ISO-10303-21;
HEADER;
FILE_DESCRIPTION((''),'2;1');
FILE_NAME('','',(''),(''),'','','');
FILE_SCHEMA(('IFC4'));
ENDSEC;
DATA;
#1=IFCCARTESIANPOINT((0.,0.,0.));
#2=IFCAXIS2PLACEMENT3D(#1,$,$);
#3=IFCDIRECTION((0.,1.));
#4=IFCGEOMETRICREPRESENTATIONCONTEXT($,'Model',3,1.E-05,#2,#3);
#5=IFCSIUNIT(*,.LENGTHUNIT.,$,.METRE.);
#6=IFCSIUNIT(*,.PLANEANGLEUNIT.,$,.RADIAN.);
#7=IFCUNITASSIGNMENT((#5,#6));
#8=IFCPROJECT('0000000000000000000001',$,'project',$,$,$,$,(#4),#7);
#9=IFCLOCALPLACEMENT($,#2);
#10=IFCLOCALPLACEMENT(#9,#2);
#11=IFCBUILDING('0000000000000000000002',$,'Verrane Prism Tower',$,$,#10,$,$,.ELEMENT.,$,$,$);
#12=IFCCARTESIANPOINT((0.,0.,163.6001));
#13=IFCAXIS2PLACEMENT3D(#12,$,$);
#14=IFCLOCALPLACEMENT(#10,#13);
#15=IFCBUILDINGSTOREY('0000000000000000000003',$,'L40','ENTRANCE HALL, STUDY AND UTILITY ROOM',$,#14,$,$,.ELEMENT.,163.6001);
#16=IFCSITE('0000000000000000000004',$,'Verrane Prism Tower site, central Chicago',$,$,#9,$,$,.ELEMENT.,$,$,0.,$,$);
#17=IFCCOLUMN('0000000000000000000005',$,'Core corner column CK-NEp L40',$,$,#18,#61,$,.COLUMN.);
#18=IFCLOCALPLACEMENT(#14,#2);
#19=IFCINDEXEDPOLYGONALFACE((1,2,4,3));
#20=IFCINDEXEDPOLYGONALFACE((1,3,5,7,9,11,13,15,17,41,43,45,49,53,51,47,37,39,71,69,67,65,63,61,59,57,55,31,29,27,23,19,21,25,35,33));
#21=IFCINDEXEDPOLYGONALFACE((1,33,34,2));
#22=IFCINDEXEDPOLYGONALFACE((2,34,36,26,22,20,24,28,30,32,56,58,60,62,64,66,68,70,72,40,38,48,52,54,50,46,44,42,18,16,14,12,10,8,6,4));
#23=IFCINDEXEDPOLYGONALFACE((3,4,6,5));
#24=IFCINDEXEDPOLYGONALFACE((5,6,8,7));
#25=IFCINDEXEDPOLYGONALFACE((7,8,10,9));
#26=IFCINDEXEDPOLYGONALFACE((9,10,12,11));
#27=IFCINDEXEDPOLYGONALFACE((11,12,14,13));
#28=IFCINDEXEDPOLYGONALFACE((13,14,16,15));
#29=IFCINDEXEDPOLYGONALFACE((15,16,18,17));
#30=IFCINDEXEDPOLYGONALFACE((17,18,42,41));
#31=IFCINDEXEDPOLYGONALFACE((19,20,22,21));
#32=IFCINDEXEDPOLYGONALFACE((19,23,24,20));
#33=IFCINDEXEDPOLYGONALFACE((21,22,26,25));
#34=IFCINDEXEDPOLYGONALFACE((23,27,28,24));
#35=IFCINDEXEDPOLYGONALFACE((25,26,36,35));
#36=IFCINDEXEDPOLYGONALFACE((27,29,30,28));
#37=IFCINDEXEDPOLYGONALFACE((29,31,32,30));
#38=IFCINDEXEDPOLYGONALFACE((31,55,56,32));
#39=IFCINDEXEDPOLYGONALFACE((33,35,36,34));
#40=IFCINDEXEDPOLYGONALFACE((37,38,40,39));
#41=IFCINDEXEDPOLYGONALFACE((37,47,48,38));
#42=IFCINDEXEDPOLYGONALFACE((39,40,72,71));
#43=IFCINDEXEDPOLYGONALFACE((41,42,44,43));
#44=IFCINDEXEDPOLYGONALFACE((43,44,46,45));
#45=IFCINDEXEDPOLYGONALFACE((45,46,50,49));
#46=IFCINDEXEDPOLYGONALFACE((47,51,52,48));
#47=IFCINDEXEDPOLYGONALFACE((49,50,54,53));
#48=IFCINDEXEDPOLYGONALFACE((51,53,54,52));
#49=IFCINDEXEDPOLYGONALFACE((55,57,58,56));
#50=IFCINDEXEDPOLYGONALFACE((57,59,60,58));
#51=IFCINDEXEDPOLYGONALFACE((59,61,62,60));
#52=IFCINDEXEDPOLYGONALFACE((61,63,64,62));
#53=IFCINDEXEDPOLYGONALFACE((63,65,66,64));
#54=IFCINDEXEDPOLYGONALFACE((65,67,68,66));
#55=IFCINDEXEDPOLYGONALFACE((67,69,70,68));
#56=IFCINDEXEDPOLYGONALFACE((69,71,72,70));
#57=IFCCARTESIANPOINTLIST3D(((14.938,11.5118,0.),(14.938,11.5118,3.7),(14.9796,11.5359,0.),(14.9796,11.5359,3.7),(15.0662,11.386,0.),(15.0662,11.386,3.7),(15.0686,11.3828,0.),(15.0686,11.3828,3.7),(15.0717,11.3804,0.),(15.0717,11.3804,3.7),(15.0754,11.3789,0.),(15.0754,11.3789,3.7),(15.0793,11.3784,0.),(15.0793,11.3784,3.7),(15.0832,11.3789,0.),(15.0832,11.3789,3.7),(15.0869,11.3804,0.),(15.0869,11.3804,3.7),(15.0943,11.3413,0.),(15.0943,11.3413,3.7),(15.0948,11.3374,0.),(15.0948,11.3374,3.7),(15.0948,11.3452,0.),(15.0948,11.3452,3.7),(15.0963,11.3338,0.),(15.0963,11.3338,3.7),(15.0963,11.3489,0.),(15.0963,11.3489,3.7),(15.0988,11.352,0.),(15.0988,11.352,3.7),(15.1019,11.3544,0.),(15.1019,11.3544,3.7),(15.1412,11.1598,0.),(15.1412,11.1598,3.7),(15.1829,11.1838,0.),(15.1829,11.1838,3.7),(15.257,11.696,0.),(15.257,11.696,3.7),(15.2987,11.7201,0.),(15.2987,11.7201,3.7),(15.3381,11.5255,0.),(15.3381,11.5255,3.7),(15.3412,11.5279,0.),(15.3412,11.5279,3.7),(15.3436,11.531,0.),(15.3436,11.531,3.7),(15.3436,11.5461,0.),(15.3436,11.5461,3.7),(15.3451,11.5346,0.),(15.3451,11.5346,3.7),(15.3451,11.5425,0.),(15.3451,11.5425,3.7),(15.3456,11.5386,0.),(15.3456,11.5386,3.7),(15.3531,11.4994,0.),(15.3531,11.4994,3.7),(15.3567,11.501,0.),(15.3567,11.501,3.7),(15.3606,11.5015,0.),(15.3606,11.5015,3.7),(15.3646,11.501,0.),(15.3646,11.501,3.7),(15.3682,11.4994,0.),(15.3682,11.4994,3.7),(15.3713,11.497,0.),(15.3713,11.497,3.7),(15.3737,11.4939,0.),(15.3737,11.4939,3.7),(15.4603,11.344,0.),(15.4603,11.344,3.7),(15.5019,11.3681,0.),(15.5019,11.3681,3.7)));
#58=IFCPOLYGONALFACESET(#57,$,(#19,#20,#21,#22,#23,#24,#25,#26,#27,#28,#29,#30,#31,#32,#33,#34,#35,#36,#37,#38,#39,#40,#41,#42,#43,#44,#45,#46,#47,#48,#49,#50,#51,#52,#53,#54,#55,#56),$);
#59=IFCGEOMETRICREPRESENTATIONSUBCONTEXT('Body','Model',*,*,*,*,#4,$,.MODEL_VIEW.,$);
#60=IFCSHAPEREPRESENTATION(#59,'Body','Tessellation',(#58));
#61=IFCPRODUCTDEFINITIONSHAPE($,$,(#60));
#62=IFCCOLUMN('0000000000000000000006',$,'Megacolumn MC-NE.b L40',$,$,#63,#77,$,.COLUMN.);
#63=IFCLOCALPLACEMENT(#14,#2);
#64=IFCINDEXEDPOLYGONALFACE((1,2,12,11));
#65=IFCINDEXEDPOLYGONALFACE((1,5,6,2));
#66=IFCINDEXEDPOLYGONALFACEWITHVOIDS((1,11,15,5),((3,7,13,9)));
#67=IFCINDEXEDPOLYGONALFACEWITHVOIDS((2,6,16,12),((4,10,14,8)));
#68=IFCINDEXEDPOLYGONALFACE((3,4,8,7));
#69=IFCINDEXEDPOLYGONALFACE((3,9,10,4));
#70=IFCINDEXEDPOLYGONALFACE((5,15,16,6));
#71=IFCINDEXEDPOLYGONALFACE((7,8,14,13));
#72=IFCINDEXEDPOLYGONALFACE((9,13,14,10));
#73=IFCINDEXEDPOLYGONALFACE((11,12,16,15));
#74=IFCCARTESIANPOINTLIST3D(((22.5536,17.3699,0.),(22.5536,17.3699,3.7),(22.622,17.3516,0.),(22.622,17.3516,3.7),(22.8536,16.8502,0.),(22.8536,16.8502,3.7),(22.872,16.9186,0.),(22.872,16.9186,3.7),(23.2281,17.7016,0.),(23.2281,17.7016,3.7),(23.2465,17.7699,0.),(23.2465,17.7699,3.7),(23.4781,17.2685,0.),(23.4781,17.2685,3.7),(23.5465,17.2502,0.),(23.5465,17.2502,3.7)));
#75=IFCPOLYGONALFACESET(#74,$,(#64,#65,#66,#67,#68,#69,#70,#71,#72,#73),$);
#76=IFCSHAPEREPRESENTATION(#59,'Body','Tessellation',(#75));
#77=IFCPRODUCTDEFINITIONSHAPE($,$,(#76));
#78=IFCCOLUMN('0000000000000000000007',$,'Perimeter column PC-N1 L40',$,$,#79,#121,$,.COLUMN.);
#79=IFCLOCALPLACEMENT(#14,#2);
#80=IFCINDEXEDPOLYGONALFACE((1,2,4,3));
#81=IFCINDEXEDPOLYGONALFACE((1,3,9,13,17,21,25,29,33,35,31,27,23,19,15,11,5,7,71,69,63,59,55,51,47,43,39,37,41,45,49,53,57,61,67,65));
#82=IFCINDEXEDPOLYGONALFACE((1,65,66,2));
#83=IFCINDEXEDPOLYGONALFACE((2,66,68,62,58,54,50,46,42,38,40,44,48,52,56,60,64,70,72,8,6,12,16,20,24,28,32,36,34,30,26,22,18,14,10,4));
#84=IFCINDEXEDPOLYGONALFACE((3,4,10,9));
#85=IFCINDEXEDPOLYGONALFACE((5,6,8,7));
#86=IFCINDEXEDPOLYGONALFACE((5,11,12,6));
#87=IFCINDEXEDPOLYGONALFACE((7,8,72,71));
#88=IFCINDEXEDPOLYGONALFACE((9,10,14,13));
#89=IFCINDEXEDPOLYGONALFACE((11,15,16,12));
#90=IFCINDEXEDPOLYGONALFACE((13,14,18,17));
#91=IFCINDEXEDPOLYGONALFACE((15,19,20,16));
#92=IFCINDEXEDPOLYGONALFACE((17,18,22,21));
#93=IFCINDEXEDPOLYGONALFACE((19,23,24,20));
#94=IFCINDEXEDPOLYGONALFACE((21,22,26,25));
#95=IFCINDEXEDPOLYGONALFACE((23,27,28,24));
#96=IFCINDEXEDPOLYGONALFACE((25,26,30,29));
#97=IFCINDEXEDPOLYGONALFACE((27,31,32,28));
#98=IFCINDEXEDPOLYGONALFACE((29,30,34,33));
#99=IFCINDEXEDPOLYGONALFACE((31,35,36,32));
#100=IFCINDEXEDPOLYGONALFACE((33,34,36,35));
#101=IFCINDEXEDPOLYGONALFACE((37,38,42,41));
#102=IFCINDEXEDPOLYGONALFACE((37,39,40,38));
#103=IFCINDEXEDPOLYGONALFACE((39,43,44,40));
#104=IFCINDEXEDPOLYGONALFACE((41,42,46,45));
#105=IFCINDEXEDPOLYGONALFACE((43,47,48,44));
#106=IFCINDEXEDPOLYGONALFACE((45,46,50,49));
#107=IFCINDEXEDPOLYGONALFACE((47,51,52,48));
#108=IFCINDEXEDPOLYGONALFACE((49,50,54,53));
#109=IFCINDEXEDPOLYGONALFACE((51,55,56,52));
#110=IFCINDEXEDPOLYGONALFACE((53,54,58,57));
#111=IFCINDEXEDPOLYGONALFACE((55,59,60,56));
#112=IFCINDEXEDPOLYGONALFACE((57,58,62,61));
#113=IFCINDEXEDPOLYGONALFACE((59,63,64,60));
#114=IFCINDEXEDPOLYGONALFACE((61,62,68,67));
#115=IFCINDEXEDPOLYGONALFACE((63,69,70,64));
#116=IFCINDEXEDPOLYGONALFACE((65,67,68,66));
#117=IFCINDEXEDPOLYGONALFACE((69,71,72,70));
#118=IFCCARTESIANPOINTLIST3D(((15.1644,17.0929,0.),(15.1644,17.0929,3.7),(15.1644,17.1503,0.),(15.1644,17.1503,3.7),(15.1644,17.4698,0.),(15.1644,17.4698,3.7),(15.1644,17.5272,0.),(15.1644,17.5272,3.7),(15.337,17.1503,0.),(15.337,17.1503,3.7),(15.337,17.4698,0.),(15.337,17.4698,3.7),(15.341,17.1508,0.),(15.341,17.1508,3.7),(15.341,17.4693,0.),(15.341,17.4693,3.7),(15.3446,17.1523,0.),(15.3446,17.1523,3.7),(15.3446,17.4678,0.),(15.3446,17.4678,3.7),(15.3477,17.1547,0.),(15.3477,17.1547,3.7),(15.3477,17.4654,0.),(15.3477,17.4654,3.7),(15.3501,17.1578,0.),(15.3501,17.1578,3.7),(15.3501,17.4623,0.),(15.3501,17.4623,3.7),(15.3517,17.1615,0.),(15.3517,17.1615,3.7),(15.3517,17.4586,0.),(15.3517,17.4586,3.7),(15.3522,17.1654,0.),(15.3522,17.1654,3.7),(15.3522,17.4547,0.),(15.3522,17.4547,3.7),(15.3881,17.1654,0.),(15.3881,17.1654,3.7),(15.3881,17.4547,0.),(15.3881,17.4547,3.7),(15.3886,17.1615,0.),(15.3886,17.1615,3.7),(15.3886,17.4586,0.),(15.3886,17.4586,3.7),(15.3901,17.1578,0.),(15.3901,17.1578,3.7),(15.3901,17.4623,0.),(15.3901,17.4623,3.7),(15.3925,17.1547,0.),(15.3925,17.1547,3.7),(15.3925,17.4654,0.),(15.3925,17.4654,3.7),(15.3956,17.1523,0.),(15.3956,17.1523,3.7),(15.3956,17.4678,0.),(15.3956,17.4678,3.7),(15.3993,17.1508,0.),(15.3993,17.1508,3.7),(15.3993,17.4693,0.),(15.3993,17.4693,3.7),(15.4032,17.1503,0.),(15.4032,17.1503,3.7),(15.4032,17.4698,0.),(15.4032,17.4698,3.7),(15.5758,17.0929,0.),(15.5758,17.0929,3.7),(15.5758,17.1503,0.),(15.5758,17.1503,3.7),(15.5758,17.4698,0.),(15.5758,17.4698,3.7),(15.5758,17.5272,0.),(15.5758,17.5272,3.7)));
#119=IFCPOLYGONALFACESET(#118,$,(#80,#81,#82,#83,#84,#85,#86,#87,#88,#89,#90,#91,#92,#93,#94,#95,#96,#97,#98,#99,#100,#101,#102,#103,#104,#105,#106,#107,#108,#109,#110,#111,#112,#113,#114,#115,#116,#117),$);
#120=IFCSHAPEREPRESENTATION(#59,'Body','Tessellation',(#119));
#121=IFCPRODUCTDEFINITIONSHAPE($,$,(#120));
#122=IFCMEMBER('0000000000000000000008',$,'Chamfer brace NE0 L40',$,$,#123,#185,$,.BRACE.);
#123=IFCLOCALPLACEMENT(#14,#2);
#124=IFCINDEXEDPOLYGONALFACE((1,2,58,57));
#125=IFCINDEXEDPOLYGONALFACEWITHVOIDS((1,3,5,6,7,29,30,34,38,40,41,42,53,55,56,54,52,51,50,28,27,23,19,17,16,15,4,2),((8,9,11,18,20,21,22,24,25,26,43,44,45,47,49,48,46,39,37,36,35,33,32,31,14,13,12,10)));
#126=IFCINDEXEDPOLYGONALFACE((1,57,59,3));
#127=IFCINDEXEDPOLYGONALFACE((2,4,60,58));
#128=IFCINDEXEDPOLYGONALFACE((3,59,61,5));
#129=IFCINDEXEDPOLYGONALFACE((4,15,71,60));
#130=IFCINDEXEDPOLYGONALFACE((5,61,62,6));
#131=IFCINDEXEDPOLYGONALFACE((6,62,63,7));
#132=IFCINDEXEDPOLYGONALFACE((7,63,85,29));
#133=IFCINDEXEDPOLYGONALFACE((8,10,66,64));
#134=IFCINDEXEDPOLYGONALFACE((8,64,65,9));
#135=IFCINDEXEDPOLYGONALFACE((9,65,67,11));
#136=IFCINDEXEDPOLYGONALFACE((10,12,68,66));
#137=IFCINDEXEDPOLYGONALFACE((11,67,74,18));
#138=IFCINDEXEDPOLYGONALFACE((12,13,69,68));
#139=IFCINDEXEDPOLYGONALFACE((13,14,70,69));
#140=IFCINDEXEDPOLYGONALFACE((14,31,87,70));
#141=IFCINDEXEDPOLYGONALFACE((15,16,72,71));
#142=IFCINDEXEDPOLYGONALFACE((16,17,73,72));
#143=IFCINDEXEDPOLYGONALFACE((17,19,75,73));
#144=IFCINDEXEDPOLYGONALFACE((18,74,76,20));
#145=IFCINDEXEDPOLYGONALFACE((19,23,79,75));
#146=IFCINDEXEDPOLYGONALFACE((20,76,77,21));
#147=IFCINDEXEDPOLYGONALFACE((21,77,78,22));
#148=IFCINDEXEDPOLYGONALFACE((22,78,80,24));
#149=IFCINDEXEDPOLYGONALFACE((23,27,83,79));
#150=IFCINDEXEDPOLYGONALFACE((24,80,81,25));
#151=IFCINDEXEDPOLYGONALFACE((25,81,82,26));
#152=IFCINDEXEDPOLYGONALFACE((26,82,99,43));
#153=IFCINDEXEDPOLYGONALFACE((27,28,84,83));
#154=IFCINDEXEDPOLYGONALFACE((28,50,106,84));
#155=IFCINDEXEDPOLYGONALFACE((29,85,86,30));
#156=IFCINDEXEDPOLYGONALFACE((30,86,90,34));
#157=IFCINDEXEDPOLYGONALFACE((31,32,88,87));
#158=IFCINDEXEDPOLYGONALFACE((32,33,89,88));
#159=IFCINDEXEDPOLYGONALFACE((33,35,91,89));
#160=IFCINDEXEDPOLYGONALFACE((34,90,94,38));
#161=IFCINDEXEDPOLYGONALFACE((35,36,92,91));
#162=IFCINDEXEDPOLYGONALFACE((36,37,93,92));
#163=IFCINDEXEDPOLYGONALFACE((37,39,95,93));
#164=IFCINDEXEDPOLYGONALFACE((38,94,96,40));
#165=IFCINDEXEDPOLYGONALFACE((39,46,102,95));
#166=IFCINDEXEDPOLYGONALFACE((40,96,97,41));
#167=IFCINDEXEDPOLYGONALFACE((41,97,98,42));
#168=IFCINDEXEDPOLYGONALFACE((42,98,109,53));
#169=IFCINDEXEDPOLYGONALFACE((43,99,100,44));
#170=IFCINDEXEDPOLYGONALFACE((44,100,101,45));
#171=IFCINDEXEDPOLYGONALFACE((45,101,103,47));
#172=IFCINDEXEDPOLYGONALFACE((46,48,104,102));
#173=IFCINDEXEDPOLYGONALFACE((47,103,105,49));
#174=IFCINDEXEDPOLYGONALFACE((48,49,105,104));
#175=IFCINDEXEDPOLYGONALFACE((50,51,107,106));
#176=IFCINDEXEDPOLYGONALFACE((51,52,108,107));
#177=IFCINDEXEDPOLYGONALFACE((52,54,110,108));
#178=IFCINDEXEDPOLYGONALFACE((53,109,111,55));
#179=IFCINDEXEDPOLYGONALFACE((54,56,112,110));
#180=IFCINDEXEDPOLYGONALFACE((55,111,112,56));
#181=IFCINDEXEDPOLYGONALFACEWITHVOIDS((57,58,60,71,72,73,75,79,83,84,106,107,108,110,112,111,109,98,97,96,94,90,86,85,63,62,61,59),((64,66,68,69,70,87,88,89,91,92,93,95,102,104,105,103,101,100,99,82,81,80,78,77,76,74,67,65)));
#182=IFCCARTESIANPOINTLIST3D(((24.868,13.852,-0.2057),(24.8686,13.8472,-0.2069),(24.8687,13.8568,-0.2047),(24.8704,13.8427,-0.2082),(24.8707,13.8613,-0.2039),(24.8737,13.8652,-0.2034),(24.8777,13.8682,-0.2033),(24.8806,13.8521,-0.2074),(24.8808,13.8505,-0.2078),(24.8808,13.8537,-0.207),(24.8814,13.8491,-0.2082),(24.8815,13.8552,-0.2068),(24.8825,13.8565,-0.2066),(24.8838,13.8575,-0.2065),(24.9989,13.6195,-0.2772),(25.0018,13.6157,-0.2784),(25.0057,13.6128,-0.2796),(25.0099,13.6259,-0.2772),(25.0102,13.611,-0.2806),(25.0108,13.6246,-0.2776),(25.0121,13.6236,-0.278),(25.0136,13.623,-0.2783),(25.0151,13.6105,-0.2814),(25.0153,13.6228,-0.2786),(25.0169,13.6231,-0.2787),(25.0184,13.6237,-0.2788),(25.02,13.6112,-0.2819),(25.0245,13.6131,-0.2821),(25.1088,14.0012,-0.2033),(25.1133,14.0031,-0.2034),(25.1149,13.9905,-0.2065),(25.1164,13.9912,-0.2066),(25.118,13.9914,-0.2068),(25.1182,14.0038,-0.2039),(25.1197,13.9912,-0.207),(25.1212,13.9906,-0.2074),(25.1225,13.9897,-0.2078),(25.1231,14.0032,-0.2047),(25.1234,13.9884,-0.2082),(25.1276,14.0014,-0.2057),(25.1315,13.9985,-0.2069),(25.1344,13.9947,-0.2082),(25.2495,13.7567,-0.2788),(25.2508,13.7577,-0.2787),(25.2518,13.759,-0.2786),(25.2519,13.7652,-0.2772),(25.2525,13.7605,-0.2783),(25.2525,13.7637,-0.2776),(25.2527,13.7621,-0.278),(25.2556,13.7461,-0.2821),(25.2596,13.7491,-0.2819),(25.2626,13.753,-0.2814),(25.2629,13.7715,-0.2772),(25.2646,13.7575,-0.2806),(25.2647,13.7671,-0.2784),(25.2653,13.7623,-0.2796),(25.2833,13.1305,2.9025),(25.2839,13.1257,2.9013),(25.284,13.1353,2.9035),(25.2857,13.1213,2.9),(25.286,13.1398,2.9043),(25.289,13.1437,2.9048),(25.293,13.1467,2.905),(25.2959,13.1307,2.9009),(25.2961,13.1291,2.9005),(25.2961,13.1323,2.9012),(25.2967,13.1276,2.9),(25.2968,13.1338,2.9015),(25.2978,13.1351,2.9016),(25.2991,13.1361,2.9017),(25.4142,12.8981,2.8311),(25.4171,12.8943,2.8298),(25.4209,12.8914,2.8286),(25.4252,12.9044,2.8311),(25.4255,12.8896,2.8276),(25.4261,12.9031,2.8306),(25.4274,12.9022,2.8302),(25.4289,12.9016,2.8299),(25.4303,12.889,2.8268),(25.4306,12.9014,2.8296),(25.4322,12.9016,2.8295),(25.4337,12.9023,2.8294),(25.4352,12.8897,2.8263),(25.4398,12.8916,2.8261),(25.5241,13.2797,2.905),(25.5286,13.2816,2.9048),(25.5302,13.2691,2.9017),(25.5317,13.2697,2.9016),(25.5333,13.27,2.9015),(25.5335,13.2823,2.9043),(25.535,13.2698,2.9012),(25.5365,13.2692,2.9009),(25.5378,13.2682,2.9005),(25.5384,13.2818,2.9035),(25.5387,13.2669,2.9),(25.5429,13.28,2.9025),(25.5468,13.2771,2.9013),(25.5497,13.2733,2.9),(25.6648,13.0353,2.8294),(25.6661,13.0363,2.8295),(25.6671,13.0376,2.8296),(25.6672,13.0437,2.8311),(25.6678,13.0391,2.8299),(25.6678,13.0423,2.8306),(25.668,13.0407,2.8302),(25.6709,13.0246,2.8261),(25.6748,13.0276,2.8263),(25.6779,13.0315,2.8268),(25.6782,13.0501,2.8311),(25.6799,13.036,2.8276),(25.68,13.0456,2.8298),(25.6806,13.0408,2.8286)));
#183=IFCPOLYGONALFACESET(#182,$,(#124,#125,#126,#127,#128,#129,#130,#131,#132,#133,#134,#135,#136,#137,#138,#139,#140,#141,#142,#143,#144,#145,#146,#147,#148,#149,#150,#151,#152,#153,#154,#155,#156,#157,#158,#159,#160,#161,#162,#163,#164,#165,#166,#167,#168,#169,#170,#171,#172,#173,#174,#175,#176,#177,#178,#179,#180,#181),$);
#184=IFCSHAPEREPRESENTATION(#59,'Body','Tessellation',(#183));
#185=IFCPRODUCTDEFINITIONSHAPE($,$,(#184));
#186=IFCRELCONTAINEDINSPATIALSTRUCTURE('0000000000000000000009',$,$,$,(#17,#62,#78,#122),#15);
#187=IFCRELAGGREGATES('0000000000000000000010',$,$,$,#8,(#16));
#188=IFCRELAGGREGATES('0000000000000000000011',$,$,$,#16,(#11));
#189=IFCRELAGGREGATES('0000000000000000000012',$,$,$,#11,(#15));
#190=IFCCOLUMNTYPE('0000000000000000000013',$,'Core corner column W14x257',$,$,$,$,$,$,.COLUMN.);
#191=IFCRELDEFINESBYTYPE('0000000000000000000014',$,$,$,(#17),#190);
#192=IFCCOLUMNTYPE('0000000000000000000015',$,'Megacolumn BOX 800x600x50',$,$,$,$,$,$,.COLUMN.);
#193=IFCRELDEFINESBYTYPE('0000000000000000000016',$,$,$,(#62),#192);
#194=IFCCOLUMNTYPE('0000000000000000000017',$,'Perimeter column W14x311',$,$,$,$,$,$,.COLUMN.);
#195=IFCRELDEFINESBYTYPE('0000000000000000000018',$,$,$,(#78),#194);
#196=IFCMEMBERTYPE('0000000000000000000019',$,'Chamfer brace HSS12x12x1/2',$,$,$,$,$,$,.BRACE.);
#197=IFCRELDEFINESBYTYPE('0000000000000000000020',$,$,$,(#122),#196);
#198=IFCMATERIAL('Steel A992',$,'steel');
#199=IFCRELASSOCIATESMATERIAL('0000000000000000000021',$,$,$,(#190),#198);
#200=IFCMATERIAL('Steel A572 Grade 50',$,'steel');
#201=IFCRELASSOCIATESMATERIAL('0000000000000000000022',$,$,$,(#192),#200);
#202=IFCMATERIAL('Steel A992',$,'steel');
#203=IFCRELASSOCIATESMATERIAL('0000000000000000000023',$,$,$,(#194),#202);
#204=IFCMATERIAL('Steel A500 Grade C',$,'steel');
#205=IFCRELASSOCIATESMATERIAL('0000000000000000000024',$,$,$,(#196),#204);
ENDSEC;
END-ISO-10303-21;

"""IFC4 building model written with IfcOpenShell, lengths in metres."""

from ifc_helpers import new_model, si_unit, direction, frame, origin, origin_2d, place, context, subcontext, project, spatial, hollow_rectangle, i_section, extrude, material, material_profile, profile_set, type_object, element, save


model = new_model("IFC4")

# Units and contexts
model_context = context("Model", 3, precision=1e-05, world=origin(), true_north=direction((0.0, 1.0)))
body_context = subcontext(model_context, "Body", "Model", "MODEL_VIEW")
ifc_project = project(units=[si_unit("LENGTHUNIT", "METRE"), si_unit("PLANEANGLEUNIT", "RADIAN")], contexts=[model_context])

# Site, building, storey
site_placement = place(None, origin())
site = spatial("IfcSite", under=ifc_project, at=site_placement, Name="Verrane Prism Tower site, central Chicago", CompositionType="ELEMENT", RefElevation=0.0)
building_placement = place(site_placement, origin())
building = spatial("IfcBuilding", under=site, at=building_placement, Name="Verrane Prism Tower", CompositionType="ELEMENT")
storey_placement = place(building_placement, frame((0.0, 0.0, 163.6001)))
storey = spatial("IfcBuildingStorey", under=building, at=storey_placement, Name="L40", Description="ENTRANCE HALL, STUDY AND UTILITY ROOM", CompositionType="ELEMENT", Elevation=163.6001)

# Columns
ifc_material_1 = material(Name="Steel A992", Category="steel")
ifc_material_profile_1 = material_profile(ifc_material_1, i_section(OverallWidth=0.4065, OverallDepth=0.4165, WebThickness=0.03, FlangeThickness=0.0481, FilletRadius=0.0151, at=origin_2d()), Name="W14x257")
ifc_profile_set_1 = profile_set([ifc_material_profile_1], Name="Steel A992")
column_type_1 = type_object("IfcColumnType", Name="Core corner column W14x257", PredefinedType="COLUMN", material=ifc_profile_set_1)
column_1_placement = place(storey_placement, frame((15.22, 11.4399, 0.0), z_axis=(0.0, 0.0, 1.0), x_axis=(0.5, -0.866025, 0.0)))
element("IfcColumn", 1, at=column_1_placement, inside=storey, type_object=column_type_1, Name="Core corner column CK-NEp L40", PredefinedType="COLUMN", context=body_context, shape_type="SweptSolid", body=[
    extrude(i_section(OverallWidth=0.4065, OverallDepth=0.4165, WebThickness=0.03, FlangeThickness=0.0481, FilletRadius=0.0151, at=origin_2d()), origin(), (0.0, 0.0, 1.0), 3.7),
])
ifc_material_2 = material(Name="Steel A572 Grade 50", Category="steel")
ifc_material_profile_2 = material_profile(ifc_material_2, hollow_rectangle(XDim=0.6001, YDim=0.8, WallThickness=0.05, at=origin_2d()), Name="BOX 800x600x50")
ifc_profile_set_2 = profile_set([ifc_material_profile_2], Name="Steel A572 Grade 50")
column_type_2 = type_object("IfcColumnType", Name="Megacolumn BOX 800x600x50", PredefinedType="COLUMN", material=ifc_profile_set_2)
column_2_placement = place(storey_placement, frame((23.05, 17.3101, 0.0), z_axis=(0.0, 0.0, 1.0), x_axis=(0.5, -0.866025, 0.0)))
element("IfcColumn", 2, at=column_2_placement, inside=storey, type_object=column_type_2, Name="Megacolumn MC-NE.b L40", PredefinedType="COLUMN", context=body_context, shape_type="SweptSolid", body=[
    extrude(hollow_rectangle(XDim=0.6001, YDim=0.8, WallThickness=0.05, at=origin_2d()), origin(), (0.0, 0.0, 1.0), 3.7),
])
ifc_material_3 = material(Name="Steel A992", Category="steel")
ifc_material_profile_3 = material_profile(ifc_material_3, i_section(OverallWidth=0.4114, OverallDepth=0.4343, WebThickness=0.0359, FlangeThickness=0.0574, FilletRadius=0.0151, at=origin_2d()), Name="W14x311")
ifc_profile_set_3 = profile_set([ifc_material_profile_3], Name="Steel A992")
column_type_3 = type_object("IfcColumnType", Name="Perimeter column W14x311", PredefinedType="COLUMN", material=ifc_profile_set_3)
column_3_placement = place(storey_placement, frame((15.3701, 17.3101, 0.0), z_axis=(0.0, 0.0, 1.0), x_axis=(1.0, 0.0, 0.0)))
element("IfcColumn", 3, at=column_3_placement, inside=storey, type_object=column_type_3, Name="Perimeter column PC-N1 L40", PredefinedType="COLUMN", context=body_context, shape_type="SweptSolid", body=[
    extrude(i_section(OverallWidth=0.4114, OverallDepth=0.4343, WebThickness=0.0359, FlangeThickness=0.0574, FilletRadius=0.0151, at=origin_2d()), origin(), (0.0, 0.0, 1.0), 3.7),
])

# Member
ifc_material_4 = material(Name="Steel A500 Grade C", Category="steel")
ifc_material_profile_4 = material_profile(ifc_material_4, hollow_rectangle(XDim=0.3047, YDim=0.3047, WallThickness=0.0127, InnerFilletRadius=0.0063, OuterFilletRadius=0.019, at=origin_2d()), Name="HSS12x12x1/2")
ifc_profile_set_4 = profile_set([ifc_material_profile_4], Name="Steel A500 Grade C")
member_type_1 = type_object("IfcMemberType", Name="Chamfer brace HSS12x12x1/2", PredefinedType="BRACE", material=ifc_profile_set_4)
member_1_placement = place(storey_placement, frame((25.0667, 13.8071, -0.2427), z_axis=(0.129062, -0.224209, 0.965957), x_axis=(0.866669, 0.498884, 0.0)))
element("IfcMember", 4, at=member_1_placement, inside=storey, type_object=member_type_1, Name="Chamfer brace NE0 L40", PredefinedType="BRACE", context=body_context, shape_type="SweptSolid", body=[
    extrude(hollow_rectangle(XDim=0.3047, YDim=0.3047, WallThickness=0.0127, InnerFilletRadius=0.0063, OuterFilletRadius=0.019, at=origin_2d()), origin(), (0.0, 0.0, 1.0), 3.2178),
])

save(model, "model.ifc")
